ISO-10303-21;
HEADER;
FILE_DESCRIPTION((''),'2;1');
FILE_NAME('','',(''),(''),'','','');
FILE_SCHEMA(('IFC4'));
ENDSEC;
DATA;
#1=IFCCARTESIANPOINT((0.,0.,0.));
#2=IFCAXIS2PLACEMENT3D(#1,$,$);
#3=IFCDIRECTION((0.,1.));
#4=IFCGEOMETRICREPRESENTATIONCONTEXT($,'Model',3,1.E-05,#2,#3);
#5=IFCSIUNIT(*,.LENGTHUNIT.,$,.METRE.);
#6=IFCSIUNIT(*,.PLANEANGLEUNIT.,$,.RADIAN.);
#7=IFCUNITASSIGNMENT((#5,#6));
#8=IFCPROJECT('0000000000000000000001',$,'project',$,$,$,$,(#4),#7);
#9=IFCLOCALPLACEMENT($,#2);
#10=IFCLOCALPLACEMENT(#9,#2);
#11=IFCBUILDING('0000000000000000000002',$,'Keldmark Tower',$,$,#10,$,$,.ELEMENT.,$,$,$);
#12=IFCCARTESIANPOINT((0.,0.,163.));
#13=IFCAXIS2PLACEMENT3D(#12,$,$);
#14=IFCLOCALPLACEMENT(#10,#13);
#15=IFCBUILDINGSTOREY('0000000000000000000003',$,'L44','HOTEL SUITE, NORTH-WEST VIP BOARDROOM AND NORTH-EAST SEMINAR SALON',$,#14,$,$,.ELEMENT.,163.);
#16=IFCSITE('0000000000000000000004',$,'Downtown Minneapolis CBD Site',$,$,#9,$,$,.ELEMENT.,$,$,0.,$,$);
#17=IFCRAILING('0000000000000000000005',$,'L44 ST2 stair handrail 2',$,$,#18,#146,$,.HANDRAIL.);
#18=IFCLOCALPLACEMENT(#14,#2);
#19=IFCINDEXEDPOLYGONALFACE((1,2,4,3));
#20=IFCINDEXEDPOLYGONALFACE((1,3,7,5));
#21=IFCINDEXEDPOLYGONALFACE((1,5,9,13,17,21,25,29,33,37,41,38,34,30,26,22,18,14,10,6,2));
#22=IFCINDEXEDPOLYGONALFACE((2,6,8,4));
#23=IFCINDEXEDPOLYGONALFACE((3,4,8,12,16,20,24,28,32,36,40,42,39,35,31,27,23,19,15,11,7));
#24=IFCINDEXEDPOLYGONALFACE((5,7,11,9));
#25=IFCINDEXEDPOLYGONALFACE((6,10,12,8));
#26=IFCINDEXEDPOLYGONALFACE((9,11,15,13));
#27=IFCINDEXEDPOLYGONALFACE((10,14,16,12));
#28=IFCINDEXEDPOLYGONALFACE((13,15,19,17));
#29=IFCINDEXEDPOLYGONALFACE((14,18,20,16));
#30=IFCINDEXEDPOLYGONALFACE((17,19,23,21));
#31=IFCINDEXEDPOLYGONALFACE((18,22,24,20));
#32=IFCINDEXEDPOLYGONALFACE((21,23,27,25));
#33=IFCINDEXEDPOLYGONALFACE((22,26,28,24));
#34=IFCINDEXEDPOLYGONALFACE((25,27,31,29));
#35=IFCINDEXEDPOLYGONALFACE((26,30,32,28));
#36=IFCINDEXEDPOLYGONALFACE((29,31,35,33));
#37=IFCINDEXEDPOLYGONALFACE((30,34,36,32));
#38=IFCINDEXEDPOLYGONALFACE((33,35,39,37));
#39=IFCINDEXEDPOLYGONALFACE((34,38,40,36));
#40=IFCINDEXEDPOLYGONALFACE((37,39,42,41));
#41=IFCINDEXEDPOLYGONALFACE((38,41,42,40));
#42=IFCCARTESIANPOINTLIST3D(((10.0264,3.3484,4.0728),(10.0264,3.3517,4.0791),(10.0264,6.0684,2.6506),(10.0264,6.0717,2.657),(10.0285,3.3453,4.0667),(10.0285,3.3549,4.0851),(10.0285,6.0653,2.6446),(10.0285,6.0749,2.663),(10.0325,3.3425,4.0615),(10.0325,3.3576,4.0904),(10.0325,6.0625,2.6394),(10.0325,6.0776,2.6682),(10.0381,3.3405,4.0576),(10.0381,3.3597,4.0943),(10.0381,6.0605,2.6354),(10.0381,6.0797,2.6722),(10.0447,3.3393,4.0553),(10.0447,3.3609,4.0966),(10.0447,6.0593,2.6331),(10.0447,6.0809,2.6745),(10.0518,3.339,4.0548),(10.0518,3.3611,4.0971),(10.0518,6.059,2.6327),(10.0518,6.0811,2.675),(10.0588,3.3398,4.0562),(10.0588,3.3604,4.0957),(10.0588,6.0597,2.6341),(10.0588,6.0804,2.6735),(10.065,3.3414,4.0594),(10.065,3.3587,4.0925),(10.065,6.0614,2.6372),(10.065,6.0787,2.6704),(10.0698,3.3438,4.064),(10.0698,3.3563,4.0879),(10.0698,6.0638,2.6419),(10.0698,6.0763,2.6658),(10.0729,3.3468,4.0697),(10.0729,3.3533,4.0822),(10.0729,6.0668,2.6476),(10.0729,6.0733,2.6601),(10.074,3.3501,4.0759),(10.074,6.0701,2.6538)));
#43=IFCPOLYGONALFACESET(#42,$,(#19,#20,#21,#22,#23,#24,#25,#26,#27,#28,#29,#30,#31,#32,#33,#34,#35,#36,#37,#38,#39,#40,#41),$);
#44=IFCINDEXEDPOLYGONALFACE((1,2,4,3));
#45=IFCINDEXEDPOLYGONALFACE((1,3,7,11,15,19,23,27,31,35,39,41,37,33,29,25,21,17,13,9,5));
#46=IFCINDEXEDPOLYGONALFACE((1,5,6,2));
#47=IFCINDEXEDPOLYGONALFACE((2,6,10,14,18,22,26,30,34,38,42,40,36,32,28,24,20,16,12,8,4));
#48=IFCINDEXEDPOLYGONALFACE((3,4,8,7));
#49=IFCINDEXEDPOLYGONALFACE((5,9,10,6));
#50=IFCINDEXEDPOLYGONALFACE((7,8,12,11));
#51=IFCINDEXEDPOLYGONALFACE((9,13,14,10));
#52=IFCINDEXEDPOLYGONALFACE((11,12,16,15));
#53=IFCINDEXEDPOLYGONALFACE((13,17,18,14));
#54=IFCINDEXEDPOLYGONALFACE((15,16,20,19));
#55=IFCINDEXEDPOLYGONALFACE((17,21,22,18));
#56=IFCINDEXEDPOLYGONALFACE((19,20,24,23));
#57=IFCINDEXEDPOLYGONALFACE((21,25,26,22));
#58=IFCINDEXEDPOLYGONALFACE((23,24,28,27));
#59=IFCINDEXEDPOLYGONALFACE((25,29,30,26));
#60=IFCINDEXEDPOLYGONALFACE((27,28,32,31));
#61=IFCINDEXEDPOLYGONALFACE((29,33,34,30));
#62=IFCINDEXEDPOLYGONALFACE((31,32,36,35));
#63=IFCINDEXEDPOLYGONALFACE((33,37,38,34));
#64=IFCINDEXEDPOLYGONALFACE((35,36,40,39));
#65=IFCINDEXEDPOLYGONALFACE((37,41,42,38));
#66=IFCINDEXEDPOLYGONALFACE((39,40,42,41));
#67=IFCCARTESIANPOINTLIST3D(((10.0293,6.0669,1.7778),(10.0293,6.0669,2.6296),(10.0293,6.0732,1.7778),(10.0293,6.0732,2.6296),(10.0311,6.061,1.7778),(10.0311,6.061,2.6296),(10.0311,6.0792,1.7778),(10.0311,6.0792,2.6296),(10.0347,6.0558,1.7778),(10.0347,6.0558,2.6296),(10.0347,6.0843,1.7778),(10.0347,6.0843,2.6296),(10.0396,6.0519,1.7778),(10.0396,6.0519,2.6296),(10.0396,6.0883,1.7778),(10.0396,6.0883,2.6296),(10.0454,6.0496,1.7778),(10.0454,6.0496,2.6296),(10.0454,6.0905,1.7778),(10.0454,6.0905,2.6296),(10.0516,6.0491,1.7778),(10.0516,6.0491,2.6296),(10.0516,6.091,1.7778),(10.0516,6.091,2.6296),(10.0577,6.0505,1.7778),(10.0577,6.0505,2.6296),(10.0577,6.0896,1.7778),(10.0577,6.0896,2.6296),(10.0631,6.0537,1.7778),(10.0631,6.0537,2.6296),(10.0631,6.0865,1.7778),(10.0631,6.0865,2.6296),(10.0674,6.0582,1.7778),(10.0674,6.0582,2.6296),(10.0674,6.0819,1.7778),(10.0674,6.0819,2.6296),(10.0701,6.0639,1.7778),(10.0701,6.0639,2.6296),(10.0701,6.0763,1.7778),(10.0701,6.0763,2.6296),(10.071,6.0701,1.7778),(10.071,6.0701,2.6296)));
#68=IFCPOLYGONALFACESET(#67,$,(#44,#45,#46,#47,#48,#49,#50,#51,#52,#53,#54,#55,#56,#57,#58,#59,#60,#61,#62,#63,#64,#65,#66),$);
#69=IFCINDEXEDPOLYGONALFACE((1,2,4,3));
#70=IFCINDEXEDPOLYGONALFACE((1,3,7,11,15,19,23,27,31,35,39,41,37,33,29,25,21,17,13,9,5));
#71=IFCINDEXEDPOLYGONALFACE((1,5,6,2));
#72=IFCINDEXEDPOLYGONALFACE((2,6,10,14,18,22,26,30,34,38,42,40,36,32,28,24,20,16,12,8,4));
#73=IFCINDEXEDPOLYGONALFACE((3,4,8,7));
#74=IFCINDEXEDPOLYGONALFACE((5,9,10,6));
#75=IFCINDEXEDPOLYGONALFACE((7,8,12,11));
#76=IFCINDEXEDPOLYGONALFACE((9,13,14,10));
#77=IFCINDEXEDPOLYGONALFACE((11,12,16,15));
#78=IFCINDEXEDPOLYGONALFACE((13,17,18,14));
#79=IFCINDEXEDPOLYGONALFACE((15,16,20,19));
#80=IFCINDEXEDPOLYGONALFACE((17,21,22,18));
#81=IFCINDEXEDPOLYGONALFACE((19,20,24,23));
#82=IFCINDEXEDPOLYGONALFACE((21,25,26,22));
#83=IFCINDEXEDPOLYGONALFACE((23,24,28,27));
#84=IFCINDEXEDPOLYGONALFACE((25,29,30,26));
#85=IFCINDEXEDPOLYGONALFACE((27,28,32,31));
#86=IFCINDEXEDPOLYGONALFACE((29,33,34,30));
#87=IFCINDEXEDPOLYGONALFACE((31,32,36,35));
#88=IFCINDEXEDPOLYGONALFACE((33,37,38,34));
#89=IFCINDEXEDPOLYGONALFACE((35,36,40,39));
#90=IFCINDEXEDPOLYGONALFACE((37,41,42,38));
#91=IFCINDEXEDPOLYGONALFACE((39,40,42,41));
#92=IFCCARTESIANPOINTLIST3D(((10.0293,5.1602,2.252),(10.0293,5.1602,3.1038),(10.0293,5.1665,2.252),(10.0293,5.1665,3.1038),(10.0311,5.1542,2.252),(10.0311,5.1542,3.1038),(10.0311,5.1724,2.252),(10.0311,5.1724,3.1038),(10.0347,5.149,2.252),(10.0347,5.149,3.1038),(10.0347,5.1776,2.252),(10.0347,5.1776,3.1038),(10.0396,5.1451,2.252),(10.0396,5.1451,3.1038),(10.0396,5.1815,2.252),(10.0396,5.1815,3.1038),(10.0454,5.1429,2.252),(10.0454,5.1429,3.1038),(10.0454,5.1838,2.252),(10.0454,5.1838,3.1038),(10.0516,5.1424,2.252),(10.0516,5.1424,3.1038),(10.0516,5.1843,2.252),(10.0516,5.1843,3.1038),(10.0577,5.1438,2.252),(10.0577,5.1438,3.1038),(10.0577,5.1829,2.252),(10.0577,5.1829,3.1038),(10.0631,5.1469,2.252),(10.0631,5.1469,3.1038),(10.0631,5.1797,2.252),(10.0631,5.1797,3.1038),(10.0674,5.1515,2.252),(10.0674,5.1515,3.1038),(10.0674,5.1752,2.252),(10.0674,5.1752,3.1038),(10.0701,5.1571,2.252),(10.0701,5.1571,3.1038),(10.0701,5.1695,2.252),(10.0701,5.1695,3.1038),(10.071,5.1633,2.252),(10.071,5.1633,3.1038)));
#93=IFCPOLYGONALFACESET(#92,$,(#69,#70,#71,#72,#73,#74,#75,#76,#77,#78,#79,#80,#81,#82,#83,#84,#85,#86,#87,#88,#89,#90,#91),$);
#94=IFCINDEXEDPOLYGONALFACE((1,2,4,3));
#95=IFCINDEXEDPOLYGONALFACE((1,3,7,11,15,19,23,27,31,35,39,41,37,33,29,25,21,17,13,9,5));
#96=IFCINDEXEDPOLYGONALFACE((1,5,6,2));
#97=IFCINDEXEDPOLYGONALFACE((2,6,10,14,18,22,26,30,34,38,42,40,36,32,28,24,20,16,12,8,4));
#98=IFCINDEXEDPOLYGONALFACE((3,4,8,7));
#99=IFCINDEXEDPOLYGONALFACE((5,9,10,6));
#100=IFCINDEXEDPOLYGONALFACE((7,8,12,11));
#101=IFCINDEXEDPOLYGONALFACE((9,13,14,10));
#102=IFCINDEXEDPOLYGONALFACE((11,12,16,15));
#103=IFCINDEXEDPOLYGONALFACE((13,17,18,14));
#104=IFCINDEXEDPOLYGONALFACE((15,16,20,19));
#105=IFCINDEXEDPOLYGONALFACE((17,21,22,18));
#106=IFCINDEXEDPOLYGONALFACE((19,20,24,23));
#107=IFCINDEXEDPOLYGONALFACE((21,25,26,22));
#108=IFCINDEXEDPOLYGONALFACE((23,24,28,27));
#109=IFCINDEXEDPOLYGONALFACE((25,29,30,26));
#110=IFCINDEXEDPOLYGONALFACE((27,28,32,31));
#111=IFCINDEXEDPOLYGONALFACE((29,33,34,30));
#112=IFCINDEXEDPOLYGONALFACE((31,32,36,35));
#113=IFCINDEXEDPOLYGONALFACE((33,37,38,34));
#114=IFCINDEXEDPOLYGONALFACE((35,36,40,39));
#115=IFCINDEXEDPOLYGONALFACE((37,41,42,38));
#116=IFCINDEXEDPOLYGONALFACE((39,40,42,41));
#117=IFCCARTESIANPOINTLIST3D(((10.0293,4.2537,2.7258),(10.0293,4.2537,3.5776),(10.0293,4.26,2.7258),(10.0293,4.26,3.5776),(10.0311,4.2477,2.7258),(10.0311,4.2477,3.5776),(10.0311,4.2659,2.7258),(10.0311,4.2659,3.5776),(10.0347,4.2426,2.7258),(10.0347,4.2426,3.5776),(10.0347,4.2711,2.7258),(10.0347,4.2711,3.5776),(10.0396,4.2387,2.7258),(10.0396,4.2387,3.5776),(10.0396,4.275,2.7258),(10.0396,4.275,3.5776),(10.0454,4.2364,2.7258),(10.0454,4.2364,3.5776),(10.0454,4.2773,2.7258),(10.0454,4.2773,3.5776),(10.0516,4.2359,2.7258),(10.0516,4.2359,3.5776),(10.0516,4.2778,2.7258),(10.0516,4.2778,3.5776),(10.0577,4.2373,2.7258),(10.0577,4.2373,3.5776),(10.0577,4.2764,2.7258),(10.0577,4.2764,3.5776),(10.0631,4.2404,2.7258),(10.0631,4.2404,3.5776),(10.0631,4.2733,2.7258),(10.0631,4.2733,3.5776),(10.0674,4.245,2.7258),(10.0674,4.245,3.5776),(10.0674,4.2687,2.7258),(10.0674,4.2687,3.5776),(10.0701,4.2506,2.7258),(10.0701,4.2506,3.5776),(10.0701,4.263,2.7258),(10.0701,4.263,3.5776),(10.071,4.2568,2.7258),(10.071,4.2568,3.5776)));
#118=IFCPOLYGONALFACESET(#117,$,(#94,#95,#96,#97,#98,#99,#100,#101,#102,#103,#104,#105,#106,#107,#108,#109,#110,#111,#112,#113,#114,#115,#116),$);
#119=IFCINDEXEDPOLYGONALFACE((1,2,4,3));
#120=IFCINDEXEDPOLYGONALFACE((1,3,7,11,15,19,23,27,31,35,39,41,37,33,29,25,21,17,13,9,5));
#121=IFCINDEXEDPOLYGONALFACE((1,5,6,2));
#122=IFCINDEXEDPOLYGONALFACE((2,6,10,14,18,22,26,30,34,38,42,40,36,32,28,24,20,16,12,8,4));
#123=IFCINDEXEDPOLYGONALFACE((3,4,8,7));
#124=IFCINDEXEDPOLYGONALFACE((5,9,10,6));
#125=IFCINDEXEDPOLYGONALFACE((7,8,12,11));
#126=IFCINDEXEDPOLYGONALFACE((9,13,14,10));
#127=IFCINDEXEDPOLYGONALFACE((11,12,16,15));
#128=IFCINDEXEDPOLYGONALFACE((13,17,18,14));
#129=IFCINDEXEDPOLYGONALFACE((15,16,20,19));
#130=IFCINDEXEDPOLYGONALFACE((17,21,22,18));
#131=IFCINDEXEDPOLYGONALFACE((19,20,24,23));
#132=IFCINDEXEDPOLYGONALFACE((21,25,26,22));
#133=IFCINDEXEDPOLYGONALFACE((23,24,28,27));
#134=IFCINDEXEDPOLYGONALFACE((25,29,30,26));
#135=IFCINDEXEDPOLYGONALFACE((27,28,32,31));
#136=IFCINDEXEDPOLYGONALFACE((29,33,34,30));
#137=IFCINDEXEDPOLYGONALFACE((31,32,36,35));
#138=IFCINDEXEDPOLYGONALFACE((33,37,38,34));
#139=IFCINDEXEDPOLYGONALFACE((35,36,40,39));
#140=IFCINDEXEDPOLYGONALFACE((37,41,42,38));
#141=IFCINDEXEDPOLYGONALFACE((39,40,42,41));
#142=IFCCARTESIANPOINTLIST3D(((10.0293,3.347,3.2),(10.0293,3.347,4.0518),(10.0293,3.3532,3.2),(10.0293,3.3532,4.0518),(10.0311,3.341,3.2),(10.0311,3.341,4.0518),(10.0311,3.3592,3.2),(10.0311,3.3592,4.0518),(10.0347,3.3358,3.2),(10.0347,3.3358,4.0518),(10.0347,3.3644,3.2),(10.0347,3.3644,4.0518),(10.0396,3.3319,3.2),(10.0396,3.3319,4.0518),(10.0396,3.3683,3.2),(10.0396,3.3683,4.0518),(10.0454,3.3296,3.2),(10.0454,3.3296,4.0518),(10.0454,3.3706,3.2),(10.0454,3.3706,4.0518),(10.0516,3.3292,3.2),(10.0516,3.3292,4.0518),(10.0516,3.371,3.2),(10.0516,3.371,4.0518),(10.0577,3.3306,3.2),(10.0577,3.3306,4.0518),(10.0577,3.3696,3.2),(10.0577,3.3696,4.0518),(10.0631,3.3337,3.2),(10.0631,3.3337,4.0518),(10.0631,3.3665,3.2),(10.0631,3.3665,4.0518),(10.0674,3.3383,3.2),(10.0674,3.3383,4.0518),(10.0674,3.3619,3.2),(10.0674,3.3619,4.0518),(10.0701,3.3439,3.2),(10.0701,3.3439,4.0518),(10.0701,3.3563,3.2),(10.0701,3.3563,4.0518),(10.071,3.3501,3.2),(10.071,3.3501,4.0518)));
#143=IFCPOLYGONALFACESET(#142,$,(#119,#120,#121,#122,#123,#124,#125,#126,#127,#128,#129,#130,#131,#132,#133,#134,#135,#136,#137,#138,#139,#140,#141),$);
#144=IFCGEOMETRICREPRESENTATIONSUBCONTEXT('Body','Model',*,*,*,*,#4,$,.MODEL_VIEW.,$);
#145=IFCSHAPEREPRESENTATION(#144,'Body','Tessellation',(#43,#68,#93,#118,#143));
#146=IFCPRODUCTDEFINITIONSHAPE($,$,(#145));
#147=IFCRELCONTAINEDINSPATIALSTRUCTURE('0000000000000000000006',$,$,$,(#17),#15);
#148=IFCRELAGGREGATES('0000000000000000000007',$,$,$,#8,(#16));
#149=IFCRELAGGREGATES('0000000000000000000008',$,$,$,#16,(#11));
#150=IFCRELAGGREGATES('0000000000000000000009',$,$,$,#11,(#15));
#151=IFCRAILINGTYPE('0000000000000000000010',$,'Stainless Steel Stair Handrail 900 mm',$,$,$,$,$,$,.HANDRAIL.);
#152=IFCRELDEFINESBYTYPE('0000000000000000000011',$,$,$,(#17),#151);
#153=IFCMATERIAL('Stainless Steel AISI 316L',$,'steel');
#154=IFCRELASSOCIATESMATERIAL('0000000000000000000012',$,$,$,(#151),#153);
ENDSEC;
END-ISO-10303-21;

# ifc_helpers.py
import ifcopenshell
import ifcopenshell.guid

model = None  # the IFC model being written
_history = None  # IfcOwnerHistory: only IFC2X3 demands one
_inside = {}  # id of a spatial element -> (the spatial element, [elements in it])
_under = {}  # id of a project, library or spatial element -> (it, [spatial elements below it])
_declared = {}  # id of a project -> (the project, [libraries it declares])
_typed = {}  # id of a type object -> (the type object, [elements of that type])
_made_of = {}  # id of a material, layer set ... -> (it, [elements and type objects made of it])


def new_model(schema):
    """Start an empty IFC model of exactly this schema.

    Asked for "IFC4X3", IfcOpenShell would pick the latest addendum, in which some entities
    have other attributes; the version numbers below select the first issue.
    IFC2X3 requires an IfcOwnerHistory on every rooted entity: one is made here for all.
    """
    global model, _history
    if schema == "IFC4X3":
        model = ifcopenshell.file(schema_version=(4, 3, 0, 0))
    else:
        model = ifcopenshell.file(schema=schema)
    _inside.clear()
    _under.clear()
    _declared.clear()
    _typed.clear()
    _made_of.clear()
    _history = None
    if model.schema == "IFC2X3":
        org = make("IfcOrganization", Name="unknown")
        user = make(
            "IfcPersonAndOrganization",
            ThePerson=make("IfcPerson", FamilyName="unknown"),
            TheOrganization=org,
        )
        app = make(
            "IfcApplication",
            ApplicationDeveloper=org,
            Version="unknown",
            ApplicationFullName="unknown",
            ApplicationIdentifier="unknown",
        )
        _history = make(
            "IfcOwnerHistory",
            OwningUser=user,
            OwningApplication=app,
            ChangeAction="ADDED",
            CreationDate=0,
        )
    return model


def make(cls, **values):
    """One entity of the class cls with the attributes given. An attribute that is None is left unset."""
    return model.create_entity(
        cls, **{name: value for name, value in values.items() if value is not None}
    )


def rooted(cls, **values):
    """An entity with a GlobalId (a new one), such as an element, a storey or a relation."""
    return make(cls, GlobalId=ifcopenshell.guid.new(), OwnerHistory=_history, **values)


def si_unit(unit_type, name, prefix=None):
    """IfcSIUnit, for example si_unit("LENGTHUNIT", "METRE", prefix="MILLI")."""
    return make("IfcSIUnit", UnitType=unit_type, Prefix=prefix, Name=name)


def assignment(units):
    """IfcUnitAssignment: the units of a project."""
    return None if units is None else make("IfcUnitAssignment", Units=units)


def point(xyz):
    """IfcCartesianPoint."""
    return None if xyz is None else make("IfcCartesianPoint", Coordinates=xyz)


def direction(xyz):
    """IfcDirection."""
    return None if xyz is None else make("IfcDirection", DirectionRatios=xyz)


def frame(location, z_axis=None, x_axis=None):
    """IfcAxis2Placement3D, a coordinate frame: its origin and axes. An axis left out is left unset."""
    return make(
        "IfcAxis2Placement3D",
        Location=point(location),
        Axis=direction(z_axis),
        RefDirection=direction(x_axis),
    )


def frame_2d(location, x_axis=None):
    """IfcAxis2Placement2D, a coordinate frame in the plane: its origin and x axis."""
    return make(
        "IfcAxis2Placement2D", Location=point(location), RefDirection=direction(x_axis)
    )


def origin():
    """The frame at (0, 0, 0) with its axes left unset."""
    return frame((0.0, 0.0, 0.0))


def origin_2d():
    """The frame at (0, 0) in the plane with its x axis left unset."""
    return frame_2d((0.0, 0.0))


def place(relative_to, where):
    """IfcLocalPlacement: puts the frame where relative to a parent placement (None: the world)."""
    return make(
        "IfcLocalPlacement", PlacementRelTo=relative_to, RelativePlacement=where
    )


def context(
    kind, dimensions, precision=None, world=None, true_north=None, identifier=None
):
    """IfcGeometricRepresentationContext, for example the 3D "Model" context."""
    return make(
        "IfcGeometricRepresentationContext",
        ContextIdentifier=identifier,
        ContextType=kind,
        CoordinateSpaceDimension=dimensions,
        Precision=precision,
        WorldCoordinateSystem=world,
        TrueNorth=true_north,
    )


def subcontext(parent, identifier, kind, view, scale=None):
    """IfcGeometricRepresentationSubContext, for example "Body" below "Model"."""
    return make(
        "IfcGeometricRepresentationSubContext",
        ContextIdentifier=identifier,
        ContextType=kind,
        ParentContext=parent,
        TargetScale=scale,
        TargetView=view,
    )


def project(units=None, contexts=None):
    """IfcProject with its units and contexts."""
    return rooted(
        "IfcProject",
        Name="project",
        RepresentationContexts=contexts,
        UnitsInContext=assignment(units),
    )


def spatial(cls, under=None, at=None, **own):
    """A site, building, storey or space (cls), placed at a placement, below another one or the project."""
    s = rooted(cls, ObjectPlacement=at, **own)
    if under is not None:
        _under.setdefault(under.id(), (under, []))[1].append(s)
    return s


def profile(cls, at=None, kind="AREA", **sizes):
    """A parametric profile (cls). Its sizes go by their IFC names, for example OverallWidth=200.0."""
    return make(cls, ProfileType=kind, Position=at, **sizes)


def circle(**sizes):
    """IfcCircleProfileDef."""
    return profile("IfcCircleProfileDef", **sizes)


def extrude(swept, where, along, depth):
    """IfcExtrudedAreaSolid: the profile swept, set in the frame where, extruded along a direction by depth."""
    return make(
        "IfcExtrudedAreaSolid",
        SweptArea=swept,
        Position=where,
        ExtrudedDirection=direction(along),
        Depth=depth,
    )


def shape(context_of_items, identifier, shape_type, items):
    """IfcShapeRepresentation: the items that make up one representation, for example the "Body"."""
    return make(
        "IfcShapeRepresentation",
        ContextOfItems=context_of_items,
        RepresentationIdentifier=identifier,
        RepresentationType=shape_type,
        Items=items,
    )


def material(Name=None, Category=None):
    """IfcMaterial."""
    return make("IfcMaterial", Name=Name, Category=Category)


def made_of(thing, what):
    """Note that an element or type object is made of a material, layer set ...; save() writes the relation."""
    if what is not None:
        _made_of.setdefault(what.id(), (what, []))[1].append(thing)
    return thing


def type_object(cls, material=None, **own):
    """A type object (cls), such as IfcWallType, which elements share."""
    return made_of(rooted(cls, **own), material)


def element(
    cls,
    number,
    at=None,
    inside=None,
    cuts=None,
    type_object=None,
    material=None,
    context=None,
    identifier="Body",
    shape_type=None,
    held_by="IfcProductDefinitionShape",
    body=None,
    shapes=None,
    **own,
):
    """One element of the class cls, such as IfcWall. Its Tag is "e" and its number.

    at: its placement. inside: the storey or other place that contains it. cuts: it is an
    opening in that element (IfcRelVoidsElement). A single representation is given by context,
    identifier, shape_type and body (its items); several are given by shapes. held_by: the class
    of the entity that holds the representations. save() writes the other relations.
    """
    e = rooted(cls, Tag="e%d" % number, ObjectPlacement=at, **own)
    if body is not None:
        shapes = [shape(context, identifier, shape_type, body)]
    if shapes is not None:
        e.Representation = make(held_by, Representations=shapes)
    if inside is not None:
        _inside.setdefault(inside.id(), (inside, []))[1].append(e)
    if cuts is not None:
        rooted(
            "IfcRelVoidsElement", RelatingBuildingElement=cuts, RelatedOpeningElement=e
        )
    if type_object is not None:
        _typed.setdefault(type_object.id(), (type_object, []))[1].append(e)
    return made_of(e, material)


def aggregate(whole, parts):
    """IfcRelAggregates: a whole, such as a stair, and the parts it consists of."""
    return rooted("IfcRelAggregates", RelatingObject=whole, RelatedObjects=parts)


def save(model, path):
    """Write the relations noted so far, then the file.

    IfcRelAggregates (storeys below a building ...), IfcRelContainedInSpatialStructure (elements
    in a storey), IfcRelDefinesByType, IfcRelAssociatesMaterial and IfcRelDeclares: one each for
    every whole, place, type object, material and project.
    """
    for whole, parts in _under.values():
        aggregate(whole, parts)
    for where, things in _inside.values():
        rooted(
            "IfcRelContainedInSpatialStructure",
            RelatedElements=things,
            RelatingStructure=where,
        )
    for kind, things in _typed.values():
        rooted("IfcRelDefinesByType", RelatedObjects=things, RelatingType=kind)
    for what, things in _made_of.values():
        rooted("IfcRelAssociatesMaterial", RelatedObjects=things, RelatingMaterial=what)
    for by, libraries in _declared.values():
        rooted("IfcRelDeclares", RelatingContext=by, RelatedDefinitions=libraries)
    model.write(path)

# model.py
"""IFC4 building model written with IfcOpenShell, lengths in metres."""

from ifc_helpers import new_model, si_unit, direction, frame, origin, origin_2d, place, context, subcontext, project, spatial, circle, extrude, material, type_object, element, save


model = new_model("IFC4")

# Units and contexts
model_context = context("Model", 3, precision=1e-05, world=origin(), true_north=direction((0.0, 1.0)))
body_context = subcontext(model_context, "Body", "Model", "MODEL_VIEW")
ifc_project = project(units=[si_unit("LENGTHUNIT", "METRE"), si_unit("PLANEANGLEUNIT", "RADIAN")], contexts=[model_context])

# Site, building, storey
site_placement = place(None, origin())
site = spatial("IfcSite", under=ifc_project, at=site_placement, Name="Downtown Minneapolis CBD Site", CompositionType="ELEMENT", RefElevation=0.0)
building_placement = place(site_placement, origin())
building = spatial("IfcBuilding", under=site, at=building_placement, Name="Keldmark Tower", CompositionType="ELEMENT")
storey_placement = place(building_placement, frame((0.0, 0.0, 163.0)))
storey = spatial("IfcBuildingStorey", under=building, at=storey_placement, Name="L44", Description="HOTEL SUITE, NORTH-WEST VIP BOARDROOM AND NORTH-EAST SEMINAR SALON", CompositionType="ELEMENT", Elevation=163.0)

# Railing
ifc_material_1 = material(Name="Stainless Steel AISI 316L", Category="steel")
railing_type_1 = type_object("IfcRailingType", Name="Stainless Steel Stair Handrail 900 mm", PredefinedType="HANDRAIL", material=ifc_material_1)
railing_1_placement = place(storey_placement, frame((10.05, 6.0701, 1.7778)))
element("IfcRailing", 1, at=railing_1_placement, inside=storey, type_object=railing_type_1, Name="L44 ST2 stair handrail 2", PredefinedType="HANDRAIL", context=body_context, shape_type="SweptSolid", body=[
    extrude(circle(Radius=0.0239, at=origin_2d()), frame((0.0, 0.0, 0.876), z_axis=(0.0, -0.886183, 0.463335), x_axis=(1.0, 0.0, 0.0)), (0.0, 0.0, 1.0), 3.0693),
    extrude(circle(Radius=0.021, at=origin_2d()), origin(), (0.0, 0.0, 1.0), 0.8518),
    extrude(circle(Radius=0.021, at=origin_2d()), frame((0.0, -0.9067, 0.4741)), (0.0, 0.0, 1.0), 0.8518),
    extrude(circle(Radius=0.021, at=origin_2d()), frame((0.0, -1.8132, 0.948)), (0.0, 0.0, 1.0), 0.8518),
    extrude(circle(Radius=0.021, at=origin_2d()), frame((0.0, -2.72, 1.4221)), (0.0, 0.0, 1.0), 0.8518),
])

save(model, "model.ifc")
